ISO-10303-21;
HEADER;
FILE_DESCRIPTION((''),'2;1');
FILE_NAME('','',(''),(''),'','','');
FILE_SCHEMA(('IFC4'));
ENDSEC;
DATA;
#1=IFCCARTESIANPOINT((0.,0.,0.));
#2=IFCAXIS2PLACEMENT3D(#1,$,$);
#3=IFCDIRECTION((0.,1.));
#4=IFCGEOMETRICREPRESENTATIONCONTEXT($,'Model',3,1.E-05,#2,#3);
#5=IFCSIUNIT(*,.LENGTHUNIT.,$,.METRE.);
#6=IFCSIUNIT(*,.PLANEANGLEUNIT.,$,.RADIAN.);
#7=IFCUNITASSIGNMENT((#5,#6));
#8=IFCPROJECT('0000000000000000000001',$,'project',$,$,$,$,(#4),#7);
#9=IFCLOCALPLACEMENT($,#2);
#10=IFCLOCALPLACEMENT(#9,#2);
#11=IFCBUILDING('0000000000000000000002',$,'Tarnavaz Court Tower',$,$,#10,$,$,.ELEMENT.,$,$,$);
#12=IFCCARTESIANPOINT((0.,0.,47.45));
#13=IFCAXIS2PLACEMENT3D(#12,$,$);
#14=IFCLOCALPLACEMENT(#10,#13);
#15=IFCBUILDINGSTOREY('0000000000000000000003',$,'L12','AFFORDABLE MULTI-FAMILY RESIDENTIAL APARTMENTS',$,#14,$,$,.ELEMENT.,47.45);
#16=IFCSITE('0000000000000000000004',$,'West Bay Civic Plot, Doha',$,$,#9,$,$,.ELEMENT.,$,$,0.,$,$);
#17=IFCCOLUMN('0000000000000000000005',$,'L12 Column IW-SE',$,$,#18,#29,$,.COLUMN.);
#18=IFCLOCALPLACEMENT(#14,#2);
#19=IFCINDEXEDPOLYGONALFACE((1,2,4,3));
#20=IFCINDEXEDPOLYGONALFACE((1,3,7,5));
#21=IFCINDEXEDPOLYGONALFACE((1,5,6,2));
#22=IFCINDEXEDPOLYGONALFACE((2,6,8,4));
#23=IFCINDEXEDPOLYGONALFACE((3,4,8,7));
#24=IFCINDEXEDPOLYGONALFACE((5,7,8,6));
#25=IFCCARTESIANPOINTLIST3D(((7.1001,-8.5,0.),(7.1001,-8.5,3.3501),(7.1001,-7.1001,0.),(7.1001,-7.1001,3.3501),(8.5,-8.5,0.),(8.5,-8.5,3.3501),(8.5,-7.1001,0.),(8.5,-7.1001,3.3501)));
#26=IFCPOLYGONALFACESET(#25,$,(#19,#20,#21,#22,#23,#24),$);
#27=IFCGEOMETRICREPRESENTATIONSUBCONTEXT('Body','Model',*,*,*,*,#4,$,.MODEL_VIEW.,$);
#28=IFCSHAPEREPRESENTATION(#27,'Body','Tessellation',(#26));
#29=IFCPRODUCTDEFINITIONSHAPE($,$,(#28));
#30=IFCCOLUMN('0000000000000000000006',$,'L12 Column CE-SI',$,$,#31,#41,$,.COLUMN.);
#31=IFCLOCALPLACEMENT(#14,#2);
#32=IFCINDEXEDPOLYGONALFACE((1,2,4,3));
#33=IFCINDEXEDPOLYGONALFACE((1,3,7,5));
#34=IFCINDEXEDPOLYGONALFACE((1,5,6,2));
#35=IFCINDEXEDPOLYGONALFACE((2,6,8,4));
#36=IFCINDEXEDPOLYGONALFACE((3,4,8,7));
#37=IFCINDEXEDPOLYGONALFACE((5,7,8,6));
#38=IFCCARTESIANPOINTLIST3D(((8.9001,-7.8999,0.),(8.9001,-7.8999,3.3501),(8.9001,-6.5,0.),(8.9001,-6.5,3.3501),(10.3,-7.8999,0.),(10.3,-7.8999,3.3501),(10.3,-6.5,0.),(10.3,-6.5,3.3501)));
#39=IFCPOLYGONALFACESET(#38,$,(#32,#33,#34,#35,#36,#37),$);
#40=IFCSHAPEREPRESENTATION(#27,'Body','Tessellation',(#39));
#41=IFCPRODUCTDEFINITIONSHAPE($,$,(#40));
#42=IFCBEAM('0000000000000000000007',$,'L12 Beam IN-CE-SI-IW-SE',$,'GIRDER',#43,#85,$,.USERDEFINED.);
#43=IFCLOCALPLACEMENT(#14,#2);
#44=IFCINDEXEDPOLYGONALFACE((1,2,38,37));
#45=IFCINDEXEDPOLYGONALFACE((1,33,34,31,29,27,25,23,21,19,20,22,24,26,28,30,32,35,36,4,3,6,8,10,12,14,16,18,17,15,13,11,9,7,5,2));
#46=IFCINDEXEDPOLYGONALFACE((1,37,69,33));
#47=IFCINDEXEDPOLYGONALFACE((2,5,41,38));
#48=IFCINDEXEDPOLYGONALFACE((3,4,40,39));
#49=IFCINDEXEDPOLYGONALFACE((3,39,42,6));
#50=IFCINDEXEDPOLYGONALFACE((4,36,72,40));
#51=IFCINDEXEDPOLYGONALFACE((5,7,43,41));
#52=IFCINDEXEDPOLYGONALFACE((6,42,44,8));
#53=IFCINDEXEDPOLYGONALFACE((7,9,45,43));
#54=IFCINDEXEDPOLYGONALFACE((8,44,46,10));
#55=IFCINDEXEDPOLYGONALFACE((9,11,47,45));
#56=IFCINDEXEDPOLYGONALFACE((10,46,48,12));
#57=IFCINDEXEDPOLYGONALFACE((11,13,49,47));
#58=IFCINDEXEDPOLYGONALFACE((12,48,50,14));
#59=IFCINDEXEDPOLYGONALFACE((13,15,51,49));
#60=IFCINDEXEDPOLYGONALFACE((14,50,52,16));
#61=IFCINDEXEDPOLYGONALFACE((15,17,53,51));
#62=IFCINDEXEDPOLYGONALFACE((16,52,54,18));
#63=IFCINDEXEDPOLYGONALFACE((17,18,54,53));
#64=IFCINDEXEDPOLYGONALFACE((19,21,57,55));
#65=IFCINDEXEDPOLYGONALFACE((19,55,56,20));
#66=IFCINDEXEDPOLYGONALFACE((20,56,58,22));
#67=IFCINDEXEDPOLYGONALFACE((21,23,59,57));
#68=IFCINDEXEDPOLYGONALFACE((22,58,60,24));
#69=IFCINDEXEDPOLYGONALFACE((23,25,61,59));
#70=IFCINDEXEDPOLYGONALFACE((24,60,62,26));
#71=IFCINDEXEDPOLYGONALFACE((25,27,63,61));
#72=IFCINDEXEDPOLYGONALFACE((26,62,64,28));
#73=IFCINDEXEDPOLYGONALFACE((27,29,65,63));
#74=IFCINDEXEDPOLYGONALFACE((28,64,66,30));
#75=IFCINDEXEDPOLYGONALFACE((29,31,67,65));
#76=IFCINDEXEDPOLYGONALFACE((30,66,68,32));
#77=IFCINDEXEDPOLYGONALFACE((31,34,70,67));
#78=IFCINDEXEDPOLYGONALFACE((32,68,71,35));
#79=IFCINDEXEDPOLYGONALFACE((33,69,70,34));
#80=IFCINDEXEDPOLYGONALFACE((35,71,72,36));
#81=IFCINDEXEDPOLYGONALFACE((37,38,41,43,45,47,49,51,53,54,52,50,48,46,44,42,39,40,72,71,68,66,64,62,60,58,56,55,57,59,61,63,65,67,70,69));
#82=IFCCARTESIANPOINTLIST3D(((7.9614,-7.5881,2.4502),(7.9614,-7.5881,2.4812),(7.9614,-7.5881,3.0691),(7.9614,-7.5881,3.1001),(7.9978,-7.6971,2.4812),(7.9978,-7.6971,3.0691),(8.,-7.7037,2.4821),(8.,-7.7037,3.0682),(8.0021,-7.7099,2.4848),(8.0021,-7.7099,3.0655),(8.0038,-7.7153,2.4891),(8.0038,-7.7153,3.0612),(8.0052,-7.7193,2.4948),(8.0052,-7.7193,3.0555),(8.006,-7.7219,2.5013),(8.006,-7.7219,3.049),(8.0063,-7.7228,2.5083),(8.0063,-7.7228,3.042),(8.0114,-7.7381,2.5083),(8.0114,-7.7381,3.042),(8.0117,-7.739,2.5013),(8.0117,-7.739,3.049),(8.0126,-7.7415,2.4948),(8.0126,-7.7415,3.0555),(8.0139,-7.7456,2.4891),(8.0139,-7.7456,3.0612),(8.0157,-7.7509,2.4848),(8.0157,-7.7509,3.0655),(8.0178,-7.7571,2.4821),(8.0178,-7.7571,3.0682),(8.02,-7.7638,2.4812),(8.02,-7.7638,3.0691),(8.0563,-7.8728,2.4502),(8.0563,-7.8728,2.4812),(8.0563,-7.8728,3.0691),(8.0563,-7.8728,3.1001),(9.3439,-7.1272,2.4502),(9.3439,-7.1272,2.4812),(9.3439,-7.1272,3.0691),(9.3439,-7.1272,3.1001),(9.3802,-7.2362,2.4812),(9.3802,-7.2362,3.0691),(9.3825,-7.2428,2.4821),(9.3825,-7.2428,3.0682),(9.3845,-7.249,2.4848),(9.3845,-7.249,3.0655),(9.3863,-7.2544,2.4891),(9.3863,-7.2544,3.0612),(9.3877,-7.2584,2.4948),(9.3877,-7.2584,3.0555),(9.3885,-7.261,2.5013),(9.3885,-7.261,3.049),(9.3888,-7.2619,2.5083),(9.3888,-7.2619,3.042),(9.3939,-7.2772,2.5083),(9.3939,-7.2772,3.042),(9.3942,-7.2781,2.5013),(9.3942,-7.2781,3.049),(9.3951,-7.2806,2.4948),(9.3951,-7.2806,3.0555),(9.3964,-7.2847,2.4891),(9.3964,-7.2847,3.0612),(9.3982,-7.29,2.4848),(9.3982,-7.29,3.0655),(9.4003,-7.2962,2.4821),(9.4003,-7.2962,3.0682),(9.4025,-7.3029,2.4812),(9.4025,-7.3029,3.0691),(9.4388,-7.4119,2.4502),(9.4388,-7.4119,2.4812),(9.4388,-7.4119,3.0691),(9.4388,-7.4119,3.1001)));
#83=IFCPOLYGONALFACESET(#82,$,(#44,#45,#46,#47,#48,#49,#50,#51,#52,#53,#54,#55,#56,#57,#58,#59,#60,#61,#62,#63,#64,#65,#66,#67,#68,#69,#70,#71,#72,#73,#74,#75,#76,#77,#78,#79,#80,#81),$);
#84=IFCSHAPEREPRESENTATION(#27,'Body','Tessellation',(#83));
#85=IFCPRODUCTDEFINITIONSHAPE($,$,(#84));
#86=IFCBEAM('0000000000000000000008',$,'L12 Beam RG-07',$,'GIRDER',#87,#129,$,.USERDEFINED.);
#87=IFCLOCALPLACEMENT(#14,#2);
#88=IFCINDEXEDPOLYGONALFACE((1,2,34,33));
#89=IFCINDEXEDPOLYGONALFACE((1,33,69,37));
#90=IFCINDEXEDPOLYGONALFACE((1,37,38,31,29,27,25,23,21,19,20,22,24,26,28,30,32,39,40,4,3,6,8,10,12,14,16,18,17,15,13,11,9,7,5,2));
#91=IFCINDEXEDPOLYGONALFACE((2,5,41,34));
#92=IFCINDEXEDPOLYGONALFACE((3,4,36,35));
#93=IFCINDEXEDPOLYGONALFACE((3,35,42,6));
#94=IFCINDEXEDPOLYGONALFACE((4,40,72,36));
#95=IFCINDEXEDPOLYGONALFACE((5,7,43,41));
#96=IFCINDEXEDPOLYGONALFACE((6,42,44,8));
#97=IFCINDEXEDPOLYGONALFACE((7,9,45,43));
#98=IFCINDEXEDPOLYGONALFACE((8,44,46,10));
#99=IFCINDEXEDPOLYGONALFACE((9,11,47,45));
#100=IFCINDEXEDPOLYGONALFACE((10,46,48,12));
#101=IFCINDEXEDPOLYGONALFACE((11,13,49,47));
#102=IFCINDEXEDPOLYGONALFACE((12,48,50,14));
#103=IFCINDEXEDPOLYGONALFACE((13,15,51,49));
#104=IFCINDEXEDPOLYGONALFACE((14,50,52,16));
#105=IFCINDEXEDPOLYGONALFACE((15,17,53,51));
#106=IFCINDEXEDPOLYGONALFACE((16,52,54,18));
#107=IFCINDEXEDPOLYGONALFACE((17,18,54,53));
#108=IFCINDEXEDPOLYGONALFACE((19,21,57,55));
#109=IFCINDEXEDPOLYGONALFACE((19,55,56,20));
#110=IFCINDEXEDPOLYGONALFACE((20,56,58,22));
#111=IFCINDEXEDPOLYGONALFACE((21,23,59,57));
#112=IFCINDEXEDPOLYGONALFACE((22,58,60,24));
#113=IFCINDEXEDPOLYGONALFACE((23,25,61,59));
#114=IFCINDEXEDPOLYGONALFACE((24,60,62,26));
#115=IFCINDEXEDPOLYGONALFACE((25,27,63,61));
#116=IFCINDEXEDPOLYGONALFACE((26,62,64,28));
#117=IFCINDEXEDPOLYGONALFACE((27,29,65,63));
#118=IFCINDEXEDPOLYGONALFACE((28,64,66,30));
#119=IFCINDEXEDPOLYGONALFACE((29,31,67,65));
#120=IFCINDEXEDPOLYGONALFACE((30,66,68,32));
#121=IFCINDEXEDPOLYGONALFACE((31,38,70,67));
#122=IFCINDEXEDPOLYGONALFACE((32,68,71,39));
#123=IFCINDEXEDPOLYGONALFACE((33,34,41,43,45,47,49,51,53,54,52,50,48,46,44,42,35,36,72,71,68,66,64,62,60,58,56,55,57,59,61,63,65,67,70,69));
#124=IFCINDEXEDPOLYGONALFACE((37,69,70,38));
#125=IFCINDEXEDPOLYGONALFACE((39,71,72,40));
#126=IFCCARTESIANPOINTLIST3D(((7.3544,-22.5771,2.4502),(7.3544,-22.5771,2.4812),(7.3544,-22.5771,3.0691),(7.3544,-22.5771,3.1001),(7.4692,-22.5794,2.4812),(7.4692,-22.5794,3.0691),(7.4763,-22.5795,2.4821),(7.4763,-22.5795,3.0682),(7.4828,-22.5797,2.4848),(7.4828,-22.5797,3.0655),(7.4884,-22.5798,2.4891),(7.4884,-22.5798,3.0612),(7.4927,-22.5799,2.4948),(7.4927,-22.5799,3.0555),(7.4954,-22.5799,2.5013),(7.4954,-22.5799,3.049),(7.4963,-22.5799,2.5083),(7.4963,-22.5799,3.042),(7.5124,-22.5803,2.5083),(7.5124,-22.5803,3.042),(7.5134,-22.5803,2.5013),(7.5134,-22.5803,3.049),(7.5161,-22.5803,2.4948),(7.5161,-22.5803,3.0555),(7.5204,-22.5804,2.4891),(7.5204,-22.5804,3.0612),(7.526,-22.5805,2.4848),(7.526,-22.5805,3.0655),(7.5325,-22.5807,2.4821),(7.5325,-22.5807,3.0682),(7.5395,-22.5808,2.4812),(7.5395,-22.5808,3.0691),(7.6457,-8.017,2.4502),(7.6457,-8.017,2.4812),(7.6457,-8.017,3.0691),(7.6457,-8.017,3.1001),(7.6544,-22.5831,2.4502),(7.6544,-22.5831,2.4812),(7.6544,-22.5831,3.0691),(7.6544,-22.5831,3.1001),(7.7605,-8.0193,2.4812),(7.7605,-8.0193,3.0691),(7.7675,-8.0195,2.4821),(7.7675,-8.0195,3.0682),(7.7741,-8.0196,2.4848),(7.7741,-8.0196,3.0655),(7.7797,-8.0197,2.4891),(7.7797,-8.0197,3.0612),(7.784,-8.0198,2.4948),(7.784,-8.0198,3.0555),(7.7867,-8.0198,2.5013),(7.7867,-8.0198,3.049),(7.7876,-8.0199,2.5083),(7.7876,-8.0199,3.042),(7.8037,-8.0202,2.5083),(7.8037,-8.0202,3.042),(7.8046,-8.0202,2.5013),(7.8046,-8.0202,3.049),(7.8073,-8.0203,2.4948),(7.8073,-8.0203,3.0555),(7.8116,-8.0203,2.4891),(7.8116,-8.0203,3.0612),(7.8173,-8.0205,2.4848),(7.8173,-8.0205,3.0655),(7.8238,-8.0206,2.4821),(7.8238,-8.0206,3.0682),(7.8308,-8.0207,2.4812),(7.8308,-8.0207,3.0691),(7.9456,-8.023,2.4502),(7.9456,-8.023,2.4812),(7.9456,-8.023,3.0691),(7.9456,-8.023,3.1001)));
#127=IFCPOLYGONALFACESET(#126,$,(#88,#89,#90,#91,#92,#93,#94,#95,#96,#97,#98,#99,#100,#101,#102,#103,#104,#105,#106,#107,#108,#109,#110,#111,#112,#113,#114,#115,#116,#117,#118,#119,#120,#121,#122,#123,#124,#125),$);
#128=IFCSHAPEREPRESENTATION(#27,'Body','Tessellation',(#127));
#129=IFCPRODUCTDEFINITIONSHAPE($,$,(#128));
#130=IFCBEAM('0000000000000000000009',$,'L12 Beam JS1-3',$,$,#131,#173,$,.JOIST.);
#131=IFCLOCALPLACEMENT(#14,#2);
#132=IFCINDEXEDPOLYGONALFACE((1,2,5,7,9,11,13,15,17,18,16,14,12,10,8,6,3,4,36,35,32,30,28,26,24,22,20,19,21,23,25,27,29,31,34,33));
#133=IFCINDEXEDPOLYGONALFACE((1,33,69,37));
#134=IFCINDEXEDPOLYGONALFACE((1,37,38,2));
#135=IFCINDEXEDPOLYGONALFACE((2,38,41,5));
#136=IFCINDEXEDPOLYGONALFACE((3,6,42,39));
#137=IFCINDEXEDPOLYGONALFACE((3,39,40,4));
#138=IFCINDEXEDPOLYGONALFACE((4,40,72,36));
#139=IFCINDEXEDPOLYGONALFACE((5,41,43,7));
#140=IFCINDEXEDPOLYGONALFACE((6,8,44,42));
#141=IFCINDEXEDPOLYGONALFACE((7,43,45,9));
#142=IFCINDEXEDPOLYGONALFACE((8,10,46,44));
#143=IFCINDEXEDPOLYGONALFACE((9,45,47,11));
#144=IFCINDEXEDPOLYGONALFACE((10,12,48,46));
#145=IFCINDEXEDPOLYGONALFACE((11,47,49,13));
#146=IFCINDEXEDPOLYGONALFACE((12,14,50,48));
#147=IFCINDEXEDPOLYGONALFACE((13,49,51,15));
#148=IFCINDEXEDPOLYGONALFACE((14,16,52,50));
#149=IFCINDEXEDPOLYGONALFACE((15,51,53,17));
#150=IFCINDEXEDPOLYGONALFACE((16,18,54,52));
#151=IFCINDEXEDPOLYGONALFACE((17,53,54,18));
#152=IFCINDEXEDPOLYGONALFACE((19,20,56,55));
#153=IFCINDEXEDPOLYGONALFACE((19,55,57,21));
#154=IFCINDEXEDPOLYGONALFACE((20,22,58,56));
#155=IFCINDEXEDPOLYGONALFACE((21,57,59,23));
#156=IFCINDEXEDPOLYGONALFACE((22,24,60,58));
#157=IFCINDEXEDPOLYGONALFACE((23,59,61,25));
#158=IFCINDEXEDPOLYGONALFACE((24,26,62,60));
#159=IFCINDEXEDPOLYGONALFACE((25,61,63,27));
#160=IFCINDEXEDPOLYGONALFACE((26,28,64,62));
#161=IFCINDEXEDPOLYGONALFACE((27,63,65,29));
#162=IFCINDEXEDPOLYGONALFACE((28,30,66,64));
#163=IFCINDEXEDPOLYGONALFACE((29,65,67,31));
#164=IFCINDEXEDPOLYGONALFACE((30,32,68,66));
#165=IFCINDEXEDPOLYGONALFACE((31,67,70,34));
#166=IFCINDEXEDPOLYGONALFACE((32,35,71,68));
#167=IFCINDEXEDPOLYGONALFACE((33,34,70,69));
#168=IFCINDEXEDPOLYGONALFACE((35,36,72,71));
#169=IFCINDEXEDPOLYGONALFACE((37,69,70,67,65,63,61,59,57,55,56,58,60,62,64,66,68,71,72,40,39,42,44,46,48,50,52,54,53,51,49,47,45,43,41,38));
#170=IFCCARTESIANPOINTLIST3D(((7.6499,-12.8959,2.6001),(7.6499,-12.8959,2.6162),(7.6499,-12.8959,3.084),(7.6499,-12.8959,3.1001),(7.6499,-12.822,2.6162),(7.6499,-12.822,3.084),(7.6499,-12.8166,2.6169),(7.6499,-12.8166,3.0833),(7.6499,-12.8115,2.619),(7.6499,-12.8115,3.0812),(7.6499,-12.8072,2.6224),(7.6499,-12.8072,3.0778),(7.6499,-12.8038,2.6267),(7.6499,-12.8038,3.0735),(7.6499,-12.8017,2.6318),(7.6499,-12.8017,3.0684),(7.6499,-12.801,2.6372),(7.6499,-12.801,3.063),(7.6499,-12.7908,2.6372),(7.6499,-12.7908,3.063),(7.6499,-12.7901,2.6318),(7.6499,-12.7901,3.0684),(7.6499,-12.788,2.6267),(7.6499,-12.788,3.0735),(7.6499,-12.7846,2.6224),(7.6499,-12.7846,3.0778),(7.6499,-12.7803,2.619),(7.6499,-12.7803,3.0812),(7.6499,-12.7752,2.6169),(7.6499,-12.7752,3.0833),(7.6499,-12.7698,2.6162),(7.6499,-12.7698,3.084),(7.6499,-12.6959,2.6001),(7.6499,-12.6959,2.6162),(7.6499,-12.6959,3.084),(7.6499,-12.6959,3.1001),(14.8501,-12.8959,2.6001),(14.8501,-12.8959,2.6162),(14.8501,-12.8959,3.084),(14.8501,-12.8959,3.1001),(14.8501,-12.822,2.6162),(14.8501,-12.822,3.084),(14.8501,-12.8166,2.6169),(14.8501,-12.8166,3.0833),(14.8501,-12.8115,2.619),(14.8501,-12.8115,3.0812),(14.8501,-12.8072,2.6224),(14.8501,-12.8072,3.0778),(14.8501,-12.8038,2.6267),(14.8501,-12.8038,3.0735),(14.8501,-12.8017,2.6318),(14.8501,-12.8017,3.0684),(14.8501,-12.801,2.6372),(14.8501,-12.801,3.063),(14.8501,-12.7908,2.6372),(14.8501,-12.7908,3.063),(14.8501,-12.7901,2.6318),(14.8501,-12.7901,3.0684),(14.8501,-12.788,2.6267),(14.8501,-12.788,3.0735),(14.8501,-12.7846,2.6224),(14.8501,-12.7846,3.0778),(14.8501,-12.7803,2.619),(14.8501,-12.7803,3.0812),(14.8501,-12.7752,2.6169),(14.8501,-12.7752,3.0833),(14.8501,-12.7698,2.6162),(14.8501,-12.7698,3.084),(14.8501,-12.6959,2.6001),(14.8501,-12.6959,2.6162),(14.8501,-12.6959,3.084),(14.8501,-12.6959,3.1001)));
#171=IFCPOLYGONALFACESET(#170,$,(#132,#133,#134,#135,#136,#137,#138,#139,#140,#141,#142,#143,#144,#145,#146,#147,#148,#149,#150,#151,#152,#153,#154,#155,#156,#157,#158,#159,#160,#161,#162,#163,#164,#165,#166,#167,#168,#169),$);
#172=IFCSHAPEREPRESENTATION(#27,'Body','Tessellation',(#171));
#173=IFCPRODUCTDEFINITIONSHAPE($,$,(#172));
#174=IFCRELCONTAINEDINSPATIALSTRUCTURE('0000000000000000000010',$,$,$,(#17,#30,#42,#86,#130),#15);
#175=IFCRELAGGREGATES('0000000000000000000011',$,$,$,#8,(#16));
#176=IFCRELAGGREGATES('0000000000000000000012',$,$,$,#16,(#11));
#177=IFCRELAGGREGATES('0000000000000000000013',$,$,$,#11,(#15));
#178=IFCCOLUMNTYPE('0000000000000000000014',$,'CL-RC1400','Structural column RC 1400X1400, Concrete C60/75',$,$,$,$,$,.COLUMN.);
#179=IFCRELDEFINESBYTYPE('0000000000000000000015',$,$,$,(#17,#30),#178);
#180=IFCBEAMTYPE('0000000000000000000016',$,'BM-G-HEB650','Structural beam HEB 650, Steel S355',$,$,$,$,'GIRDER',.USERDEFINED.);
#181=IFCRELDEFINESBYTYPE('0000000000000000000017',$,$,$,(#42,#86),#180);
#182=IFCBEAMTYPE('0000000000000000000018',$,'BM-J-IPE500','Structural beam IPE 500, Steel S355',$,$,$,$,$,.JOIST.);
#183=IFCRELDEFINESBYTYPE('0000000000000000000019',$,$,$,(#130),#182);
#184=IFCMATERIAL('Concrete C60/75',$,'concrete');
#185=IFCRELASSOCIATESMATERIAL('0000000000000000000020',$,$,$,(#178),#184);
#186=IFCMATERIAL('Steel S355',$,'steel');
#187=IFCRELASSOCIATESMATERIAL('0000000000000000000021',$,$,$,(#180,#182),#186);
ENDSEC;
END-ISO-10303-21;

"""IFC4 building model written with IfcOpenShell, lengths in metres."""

from ifc_helpers import new_model, si_unit, direction, frame, origin, origin_2d, place, context, subcontext, project, spatial, rectangle, i_section, extrude, material, material_profile, profile_set, type_object, element, save


model = new_model("IFC4")

# Units and contexts
model_context = context("Model", 3, precision=1e-05, world=origin(), true_north=direction((0.0, 1.0)))
body_context = subcontext(model_context, "Body", "Model", "MODEL_VIEW")
ifc_project = project(units=[si_unit("LENGTHUNIT", "METRE"), si_unit("PLANEANGLEUNIT", "RADIAN")], contexts=[model_context])

# Site, building, storey
site_placement = place(None, origin())
site = spatial("IfcSite", under=ifc_project, at=site_placement, Name="West Bay Civic Plot, Doha", CompositionType="ELEMENT", RefElevation=0.0)
building_placement = place(site_placement, origin())
building = spatial("IfcBuilding", under=site, at=building_placement, Name="Tarnavaz Court Tower", CompositionType="ELEMENT")
storey_placement = place(building_placement, frame((0.0, 0.0, 47.45)))
storey = spatial("IfcBuildingStorey", under=building, at=storey_placement, Name="L12", Description="AFFORDABLE MULTI-FAMILY RESIDENTIAL APARTMENTS", CompositionType="ELEMENT", Elevation=47.45)

# Columns
ifc_material_1 = material(Name="Concrete C60/75", Category="concrete")
ifc_material_profile_1 = material_profile(ifc_material_1, rectangle(XDim=1.3999, YDim=1.3999, at=origin_2d()), Name="RC 1400X1400")
ifc_profile_set_1 = profile_set([ifc_material_profile_1], Name="Concrete C60/75")
column_type = type_object("IfcColumnType", Name="CL-RC1400", Description="Structural column RC 1400X1400, Concrete C60/75", PredefinedType="COLUMN", material=ifc_profile_set_1)
for number, where, z_axis, x_axis, name in (
    (1, (7.8, -7.8, 0.0), (0.0, 0.0, 1.0), (1.0, 0.0, 0.0), "L12 Column IW-SE"),
    (2, (9.6001, -7.2, 0.0), (0.0, 0.0, 1.0), (1.0, 0.0, 0.0), "L12 Column CE-SI"),
):
    element("IfcColumn", number, at=place(storey_placement, frame(where, z_axis=z_axis, x_axis=x_axis)), inside=storey, type_object=column_type, Name=name, PredefinedType="COLUMN", context=body_context, shape_type="SweptSolid", body=[
        extrude(rectangle(XDim=1.3999, YDim=1.3999, at=origin_2d()), origin(), (0.0, 0.0, 1.0), 3.3501),
    ])

# Beams
ifc_material_2 = material(Name="Steel S355", Category="steel")
ifc_material_profile_2 = material_profile(ifc_material_2, i_section(OverallWidth=0.3, OverallDepth=0.6499, WebThickness=0.0161, FlangeThickness=0.031, FilletRadius=0.0271, at=origin_2d()), Name="HEB 650")
ifc_profile_set_2 = profile_set([ifc_material_profile_2], Name="Steel S355")
beam_type_1 = type_object("IfcBeamType", Name="BM-G-HEB650", Description="Structural beam HEB 650, Steel S355", ElementType="GIRDER", PredefinedType="USERDEFINED", material=ifc_profile_set_2)
beam_1_placement = place(storey_placement, frame((9.3914, -7.2695, 2.7751), z_axis=(-0.948667, -0.316278, 0.0), x_axis=(0.316278, -0.948667, 0.0)))
element("IfcBeam", 3, at=beam_1_placement, inside=storey, type_object=beam_type_1, Name="L12 Beam IN-CE-SI-IW-SE", ObjectType="GIRDER", PredefinedType="USERDEFINED", context=body_context, shape_type="SweptSolid", body=[
    extrude(i_section(OverallWidth=0.3, OverallDepth=0.6499, WebThickness=0.0161, FlangeThickness=0.031, FilletRadius=0.0271, at=origin_2d()), origin(), (0.0, 0.0, 1.0), 1.4573),
])
beam_2_placement = place(storey_placement, frame((7.7957, -8.02, 2.7751), z_axis=(-0.02, -0.9998, 0.0), x_axis=(0.9998, -0.02, 0.0)))
element("IfcBeam", 4, at=beam_2_placement, inside=storey, type_object=beam_type_1, Name="L12 Beam RG-07", ObjectType="GIRDER", PredefinedType="USERDEFINED", context=body_context, shape_type="SweptSolid", body=[
    extrude(i_section(OverallWidth=0.3, OverallDepth=0.6499, WebThickness=0.0161, FlangeThickness=0.031, FilletRadius=0.0271, at=origin_2d()), origin(), (0.0, 0.0, 1.0), 14.563),
])
ifc_material_profile_3 = material_profile(ifc_material_2, i_section(OverallWidth=0.2, OverallDepth=0.5, WebThickness=0.0103, FlangeThickness=0.0161, FilletRadius=0.021, at=origin_2d()), Name="IPE 500")
ifc_profile_set_3 = profile_set([ifc_material_profile_3], Name="Steel S355")
beam_type_2 = type_object("IfcBeamType", Name="BM-J-IPE500", Description="Structural beam IPE 500, Steel S355", PredefinedType="JOIST", material=ifc_profile_set_3)
beam_3_placement = place(storey_placement, frame((7.6499, -12.7959, 2.8501), z_axis=(1.0, 0.0, 0.0), x_axis=(0.0, 1.0, 0.0)))
element("IfcBeam", 5, at=beam_3_placement, inside=storey, type_object=beam_type_2, Name="L12 Beam JS1-3", PredefinedType="JOIST", context=body_context, shape_type="SweptSolid", body=[
    extrude(i_section(OverallWidth=0.2, OverallDepth=0.5, WebThickness=0.0103, FlangeThickness=0.0161, FilletRadius=0.021, at=origin_2d()), origin(), (0.0, 0.0, 1.0), 7.2002),
])

save(model, "model.ifc")
